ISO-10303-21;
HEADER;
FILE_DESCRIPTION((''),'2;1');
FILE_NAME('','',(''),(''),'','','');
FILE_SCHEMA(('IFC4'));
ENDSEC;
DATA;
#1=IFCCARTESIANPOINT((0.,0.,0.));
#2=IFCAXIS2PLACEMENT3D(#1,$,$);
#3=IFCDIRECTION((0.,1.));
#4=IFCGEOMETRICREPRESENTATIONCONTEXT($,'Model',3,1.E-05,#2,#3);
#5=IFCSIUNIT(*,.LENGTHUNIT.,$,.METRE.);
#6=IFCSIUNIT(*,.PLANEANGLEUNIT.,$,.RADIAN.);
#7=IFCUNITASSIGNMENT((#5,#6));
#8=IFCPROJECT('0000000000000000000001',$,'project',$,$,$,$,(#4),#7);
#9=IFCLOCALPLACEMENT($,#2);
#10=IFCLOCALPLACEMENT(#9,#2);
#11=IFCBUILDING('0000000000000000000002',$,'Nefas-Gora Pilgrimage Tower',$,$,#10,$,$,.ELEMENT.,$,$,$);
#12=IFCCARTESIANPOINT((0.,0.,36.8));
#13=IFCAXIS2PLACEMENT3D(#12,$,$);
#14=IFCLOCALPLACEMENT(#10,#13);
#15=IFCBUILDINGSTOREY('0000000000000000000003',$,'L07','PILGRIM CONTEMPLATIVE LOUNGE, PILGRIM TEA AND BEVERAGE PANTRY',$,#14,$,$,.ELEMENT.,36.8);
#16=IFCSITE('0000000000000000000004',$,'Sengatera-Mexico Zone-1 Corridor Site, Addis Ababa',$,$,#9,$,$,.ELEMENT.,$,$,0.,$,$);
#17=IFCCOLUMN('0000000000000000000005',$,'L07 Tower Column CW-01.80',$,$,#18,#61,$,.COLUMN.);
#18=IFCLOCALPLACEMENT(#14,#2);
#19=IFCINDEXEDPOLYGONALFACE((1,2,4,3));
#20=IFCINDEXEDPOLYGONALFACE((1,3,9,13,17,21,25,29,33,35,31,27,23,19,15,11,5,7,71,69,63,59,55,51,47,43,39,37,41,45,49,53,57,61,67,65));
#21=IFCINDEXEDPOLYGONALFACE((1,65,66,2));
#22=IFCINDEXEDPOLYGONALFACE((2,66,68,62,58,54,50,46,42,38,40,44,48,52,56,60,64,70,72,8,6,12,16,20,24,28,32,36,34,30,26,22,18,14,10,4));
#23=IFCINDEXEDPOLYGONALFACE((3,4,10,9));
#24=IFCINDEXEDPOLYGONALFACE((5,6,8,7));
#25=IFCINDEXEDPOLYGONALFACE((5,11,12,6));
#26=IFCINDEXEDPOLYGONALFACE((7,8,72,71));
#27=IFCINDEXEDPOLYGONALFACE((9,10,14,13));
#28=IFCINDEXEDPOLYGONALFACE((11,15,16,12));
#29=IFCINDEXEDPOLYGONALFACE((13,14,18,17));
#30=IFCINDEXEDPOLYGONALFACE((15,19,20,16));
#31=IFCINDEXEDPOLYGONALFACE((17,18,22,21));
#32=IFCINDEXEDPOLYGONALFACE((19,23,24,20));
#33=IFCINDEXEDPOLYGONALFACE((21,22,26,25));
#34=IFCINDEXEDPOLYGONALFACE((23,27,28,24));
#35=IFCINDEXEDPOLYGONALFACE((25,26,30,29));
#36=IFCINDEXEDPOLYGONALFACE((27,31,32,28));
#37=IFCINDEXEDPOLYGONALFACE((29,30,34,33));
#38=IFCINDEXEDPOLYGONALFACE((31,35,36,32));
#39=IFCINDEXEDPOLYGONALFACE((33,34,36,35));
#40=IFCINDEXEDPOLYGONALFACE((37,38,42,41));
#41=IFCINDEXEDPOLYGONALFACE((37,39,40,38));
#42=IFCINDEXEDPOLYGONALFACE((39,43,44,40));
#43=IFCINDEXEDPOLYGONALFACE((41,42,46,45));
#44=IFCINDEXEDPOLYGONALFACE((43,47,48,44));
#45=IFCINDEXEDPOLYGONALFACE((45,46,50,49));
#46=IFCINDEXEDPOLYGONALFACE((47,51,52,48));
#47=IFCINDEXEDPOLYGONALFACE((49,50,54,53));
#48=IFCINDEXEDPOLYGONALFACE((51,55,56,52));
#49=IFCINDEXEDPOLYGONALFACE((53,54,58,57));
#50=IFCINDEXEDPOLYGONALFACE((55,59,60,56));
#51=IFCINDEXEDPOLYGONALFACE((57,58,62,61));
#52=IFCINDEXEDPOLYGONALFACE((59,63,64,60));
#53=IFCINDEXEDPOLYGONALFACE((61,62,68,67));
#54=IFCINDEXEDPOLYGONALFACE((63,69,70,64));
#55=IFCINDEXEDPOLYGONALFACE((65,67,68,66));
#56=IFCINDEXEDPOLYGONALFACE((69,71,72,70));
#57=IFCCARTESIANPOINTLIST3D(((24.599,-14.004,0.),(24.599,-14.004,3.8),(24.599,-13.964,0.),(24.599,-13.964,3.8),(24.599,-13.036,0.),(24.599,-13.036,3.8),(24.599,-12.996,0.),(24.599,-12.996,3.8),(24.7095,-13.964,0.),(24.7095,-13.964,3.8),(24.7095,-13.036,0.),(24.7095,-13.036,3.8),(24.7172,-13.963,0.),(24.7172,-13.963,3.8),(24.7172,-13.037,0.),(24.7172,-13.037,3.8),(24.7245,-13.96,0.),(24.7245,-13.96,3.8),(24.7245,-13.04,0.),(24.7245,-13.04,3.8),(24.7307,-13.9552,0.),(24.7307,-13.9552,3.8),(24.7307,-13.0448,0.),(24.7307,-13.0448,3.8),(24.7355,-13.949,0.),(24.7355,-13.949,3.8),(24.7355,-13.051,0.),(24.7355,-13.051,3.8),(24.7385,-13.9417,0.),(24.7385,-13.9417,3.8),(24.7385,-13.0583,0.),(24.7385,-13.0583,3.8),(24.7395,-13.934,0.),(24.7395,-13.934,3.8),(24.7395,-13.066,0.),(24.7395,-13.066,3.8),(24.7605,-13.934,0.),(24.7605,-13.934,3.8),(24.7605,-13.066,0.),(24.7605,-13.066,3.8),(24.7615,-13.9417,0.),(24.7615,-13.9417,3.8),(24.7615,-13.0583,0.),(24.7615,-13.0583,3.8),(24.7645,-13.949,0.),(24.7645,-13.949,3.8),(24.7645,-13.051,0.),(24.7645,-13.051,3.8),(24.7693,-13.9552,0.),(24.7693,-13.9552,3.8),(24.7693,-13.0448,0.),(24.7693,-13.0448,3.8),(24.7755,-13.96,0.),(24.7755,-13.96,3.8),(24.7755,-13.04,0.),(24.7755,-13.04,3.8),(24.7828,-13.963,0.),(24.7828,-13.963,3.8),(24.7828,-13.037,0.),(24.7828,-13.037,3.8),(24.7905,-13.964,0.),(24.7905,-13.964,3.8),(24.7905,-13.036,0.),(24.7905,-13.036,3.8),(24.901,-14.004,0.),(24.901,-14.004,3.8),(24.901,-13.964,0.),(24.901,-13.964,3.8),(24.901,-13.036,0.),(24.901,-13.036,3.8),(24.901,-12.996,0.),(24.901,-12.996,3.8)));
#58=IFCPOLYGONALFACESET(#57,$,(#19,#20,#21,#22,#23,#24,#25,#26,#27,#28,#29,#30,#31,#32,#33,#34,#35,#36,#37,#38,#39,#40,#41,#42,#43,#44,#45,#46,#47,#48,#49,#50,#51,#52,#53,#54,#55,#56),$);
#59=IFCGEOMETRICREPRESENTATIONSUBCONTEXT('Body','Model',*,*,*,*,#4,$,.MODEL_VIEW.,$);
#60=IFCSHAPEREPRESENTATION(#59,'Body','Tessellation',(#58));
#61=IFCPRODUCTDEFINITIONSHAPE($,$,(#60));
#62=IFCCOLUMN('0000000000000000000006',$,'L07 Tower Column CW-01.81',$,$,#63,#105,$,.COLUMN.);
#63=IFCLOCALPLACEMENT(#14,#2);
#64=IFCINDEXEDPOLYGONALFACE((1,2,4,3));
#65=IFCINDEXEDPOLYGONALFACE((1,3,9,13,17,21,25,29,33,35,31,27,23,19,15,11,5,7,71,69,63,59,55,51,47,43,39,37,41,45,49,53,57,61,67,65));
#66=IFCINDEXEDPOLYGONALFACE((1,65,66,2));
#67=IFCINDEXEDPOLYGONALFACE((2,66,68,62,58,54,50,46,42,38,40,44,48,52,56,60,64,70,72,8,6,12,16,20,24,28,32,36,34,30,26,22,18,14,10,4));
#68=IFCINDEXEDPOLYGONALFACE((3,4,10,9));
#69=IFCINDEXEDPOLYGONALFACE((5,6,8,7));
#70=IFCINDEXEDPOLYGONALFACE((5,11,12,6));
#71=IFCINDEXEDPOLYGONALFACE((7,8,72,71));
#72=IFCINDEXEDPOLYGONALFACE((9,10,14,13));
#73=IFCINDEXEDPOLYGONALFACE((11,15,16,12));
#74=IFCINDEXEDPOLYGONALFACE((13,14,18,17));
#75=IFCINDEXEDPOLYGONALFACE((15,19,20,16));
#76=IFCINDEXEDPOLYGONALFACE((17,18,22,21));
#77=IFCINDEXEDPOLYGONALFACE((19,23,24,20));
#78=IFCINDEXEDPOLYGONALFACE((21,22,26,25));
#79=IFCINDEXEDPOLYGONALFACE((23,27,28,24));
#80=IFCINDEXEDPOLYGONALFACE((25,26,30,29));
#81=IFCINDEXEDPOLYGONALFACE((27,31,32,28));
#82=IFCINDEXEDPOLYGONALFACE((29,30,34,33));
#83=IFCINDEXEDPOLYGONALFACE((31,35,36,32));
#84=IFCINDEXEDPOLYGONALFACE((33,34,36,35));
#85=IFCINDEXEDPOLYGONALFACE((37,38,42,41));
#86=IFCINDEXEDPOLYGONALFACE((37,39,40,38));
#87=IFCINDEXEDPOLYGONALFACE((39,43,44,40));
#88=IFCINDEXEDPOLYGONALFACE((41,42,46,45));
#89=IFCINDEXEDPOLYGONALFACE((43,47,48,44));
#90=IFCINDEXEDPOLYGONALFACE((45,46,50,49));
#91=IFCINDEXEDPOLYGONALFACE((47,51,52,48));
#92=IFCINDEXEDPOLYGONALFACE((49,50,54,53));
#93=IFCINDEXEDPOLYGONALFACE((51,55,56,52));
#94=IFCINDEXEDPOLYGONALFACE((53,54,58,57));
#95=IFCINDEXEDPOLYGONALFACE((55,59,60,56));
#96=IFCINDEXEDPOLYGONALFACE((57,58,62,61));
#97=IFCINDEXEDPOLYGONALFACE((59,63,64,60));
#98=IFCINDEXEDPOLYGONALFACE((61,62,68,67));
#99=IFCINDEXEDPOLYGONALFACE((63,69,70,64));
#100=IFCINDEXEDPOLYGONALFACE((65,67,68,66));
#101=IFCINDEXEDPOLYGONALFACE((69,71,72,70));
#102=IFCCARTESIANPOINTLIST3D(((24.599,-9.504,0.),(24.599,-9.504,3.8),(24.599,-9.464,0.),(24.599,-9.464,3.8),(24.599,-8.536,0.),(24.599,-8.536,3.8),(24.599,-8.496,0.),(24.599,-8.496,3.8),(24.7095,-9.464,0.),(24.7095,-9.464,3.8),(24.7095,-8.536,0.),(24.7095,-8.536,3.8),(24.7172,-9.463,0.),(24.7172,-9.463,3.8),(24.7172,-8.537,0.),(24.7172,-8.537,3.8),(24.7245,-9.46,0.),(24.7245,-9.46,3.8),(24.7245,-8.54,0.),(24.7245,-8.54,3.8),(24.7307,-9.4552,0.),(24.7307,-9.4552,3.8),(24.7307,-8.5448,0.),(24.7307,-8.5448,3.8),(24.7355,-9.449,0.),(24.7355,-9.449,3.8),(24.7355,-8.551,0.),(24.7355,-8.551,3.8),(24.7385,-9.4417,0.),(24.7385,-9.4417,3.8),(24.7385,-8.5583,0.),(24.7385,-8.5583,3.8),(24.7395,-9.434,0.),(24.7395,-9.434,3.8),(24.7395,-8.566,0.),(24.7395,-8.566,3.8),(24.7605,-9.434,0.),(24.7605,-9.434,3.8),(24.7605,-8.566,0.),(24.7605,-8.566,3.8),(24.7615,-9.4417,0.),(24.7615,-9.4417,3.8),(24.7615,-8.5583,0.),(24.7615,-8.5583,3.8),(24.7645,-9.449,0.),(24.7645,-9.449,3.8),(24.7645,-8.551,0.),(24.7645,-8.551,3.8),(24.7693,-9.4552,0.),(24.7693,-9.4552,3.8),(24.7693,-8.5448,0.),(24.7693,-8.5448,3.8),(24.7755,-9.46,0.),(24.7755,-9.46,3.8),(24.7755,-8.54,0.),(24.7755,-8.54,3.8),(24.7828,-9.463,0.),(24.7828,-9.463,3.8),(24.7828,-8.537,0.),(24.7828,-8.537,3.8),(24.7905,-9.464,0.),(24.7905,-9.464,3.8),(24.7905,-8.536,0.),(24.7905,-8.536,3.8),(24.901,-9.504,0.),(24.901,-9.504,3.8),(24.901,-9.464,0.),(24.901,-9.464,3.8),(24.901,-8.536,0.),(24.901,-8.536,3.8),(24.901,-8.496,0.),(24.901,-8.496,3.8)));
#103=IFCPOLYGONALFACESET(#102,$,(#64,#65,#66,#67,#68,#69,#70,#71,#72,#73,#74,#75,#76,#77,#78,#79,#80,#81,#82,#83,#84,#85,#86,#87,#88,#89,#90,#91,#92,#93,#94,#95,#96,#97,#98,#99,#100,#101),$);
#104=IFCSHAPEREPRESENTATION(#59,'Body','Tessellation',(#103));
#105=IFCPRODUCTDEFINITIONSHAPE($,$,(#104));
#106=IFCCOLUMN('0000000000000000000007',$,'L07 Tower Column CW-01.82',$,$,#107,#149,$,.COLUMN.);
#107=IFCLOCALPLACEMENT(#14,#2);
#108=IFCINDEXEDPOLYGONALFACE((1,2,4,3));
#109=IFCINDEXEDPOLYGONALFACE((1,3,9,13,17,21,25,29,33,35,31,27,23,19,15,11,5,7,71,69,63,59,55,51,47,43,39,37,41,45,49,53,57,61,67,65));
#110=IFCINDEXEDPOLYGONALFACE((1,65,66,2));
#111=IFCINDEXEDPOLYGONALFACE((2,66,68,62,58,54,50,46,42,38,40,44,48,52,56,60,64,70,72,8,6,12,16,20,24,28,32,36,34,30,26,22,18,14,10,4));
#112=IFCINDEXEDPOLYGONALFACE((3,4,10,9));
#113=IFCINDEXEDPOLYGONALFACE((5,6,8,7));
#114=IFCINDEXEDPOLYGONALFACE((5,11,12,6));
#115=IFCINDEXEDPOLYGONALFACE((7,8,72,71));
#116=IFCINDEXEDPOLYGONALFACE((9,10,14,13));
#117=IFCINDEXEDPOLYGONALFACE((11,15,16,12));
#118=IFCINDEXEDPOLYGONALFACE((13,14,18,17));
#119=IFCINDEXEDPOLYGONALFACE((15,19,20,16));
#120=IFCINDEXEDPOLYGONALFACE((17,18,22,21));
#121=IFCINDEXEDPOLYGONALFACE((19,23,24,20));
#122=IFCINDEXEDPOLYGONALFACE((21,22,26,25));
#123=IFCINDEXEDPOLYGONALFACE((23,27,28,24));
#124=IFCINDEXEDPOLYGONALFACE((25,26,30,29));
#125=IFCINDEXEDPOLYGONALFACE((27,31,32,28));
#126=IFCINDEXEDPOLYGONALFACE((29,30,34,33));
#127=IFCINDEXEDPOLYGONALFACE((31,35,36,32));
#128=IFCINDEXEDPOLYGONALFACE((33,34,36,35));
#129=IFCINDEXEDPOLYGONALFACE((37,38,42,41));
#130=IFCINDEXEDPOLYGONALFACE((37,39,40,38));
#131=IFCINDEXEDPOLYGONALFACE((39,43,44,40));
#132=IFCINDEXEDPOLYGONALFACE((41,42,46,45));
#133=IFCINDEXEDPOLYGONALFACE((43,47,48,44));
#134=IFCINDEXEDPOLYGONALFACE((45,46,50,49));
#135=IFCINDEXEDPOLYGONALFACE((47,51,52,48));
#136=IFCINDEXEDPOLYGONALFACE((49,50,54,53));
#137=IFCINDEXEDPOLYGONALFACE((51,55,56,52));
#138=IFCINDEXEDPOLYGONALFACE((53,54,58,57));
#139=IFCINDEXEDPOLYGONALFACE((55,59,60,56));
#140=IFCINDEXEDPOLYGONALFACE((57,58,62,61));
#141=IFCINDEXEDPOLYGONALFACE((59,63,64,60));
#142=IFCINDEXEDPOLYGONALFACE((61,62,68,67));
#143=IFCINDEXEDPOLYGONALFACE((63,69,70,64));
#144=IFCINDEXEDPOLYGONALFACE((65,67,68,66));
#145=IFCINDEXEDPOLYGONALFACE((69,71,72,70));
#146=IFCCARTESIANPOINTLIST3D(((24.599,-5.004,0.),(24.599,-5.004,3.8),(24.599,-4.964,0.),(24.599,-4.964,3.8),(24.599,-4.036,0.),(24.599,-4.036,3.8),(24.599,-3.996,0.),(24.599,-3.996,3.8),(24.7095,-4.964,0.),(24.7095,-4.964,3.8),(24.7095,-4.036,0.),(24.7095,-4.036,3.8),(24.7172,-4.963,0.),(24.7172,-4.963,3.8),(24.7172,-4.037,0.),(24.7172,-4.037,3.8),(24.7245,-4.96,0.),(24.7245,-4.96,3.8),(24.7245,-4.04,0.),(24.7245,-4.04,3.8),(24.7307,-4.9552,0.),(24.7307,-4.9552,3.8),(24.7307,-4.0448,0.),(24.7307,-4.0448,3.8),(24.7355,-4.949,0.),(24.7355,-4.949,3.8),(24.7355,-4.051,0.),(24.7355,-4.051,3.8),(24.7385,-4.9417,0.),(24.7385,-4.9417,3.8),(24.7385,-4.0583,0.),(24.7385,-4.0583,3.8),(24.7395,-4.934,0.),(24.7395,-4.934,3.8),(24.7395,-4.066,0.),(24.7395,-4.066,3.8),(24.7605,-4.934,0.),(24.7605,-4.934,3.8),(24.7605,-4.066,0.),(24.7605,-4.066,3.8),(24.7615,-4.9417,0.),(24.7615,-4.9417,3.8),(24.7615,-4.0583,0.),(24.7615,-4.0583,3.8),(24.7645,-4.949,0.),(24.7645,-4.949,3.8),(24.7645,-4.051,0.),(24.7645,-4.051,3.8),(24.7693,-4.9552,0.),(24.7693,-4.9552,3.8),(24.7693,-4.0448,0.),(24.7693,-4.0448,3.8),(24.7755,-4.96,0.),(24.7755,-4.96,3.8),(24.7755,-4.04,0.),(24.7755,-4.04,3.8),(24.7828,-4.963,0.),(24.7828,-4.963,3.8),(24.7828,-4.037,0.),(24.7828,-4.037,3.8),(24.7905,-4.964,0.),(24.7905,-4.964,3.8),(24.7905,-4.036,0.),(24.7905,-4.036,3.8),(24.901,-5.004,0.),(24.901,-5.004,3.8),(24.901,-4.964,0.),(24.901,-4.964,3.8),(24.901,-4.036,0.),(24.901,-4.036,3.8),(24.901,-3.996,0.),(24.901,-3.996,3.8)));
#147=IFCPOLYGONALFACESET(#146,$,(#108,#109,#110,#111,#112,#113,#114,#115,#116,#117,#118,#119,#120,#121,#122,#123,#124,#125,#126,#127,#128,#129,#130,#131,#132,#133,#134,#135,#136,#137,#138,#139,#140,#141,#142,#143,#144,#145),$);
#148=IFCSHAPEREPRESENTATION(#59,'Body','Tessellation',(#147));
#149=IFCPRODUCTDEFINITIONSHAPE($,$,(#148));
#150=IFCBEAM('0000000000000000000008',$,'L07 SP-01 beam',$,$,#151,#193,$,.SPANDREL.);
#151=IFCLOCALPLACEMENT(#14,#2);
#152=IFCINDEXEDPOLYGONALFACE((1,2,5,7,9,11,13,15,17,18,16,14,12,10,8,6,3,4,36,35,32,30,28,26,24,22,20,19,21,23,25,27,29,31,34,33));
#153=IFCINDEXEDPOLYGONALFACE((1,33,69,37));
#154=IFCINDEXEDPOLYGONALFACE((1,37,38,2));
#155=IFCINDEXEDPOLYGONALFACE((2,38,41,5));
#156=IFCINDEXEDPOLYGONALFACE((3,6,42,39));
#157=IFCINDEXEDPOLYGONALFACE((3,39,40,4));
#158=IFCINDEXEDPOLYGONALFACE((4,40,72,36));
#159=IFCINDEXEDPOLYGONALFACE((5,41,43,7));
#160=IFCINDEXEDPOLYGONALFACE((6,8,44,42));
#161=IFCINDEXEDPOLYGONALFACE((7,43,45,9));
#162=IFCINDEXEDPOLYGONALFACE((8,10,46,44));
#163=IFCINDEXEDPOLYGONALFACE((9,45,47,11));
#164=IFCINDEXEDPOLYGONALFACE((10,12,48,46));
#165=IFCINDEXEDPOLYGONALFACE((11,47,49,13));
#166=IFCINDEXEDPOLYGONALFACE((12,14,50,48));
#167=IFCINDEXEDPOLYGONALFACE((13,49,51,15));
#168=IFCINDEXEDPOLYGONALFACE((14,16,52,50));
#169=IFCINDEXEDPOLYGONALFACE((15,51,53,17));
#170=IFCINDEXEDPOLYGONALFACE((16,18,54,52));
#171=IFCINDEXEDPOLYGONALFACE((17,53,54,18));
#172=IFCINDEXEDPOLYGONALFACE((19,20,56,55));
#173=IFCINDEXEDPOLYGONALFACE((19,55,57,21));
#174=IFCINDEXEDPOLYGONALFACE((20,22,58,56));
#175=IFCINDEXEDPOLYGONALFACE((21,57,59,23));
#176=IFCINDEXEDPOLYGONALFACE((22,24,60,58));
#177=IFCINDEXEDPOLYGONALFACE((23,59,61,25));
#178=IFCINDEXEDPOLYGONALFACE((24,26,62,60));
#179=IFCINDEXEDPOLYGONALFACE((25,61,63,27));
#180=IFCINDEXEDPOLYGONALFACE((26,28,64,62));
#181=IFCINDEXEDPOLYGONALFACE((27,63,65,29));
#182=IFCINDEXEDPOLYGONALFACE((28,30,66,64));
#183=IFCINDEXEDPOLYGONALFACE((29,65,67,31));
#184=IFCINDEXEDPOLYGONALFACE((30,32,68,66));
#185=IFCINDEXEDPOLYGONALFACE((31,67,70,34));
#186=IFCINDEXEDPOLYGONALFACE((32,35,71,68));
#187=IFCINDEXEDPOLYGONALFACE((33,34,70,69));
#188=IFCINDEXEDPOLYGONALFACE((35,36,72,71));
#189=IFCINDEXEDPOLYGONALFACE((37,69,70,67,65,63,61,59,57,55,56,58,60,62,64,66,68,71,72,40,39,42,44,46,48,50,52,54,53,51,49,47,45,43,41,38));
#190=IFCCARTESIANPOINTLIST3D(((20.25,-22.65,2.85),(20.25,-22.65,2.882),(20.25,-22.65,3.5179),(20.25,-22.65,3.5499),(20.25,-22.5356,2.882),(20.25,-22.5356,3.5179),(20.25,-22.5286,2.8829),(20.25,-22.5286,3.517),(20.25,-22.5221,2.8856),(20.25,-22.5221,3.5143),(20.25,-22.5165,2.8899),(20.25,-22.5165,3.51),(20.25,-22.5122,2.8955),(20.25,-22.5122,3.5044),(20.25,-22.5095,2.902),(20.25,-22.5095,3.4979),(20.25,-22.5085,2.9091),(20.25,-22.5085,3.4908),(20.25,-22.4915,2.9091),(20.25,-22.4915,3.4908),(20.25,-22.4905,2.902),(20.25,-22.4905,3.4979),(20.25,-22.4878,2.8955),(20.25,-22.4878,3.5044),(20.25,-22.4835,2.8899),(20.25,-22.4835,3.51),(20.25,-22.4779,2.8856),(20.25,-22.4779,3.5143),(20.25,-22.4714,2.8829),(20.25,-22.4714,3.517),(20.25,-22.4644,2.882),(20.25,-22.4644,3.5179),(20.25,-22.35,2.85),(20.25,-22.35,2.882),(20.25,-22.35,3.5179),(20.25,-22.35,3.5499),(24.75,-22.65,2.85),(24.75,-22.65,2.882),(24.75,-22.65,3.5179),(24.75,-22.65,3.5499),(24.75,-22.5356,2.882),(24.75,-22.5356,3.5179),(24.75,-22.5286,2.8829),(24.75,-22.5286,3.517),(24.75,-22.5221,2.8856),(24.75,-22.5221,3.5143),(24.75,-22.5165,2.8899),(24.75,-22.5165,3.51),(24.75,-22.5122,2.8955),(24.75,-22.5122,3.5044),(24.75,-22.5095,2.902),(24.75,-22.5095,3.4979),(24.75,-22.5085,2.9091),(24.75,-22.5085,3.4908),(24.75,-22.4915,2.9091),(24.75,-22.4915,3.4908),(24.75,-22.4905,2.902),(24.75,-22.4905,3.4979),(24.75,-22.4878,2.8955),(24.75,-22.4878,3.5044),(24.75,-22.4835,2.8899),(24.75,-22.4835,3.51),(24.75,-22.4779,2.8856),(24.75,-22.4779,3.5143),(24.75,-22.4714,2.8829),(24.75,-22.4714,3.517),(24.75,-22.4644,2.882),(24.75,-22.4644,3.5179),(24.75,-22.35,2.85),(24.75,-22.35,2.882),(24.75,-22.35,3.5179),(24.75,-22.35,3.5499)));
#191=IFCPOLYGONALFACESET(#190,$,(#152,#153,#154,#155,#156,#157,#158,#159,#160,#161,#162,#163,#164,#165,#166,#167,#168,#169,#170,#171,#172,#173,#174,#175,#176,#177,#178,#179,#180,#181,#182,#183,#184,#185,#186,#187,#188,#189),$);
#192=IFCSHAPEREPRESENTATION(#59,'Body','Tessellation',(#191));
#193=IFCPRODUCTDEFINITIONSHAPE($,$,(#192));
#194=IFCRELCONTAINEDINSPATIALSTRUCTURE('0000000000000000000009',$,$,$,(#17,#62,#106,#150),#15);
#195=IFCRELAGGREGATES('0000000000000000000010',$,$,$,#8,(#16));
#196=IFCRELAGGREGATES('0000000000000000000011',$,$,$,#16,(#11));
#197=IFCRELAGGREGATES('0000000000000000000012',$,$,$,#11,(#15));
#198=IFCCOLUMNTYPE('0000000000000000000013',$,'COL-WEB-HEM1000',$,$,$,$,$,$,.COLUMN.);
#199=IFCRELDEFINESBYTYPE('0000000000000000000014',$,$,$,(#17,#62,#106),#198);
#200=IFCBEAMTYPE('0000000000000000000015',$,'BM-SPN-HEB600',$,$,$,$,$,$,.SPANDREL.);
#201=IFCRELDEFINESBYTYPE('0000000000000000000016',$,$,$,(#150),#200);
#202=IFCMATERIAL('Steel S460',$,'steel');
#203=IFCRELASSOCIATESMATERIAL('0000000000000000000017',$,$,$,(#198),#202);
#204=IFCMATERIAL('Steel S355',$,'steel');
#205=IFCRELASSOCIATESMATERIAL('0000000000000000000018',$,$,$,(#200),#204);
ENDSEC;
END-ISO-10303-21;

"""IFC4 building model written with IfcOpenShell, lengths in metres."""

from ifc_helpers import new_model, si_unit, direction, frame, origin, origin_2d, place, context, subcontext, project, spatial, i_section, extrude, source, transform, mapped, material, material_profile, profile_set, type_object, element, save


model = new_model("IFC4")

# Units and contexts
model_context = context("Model", 3, precision=1e-05, world=origin(), true_north=direction((0.0, 1.0)))
body_context = subcontext(model_context, "Body", "Model", "MODEL_VIEW")
ifc_project = project(units=[si_unit("LENGTHUNIT", "METRE"), si_unit("PLANEANGLEUNIT", "RADIAN")], contexts=[model_context])

# Site, building, storey
site_placement = place(None, origin())
site = spatial("IfcSite", under=ifc_project, at=site_placement, Name="Sengatera-Mexico Zone-1 Corridor Site, Addis Ababa", CompositionType="ELEMENT", RefElevation=0.0)
building_placement = place(site_placement, origin())
building = spatial("IfcBuilding", under=site, at=building_placement, Name="Nefas-Gora Pilgrimage Tower", CompositionType="ELEMENT")
storey_placement = place(building_placement, frame((0.0, 0.0, 36.8)))
storey = spatial("IfcBuildingStorey", under=building, at=storey_placement, Name="L07", Description="PILGRIM CONTEMPLATIVE LOUNGE, PILGRIM TEA AND BEVERAGE PANTRY", CompositionType="ELEMENT", Elevation=36.8)

# Columns
ifc_material_1 = material(Name="Steel S460", Category="steel")
ifc_material_profile_1 = material_profile(ifc_material_1, i_section(OverallWidth=0.302, OverallDepth=1.0081, WebThickness=0.021, FlangeThickness=0.04, FilletRadius=0.03, at=origin_2d()), Name="HEM 1000")
ifc_profile_set_1 = profile_set([ifc_material_profile_1], Name="Steel S460")
column_type_1 = type_object("IfcColumnType", Name="COL-WEB-HEM1000", PredefinedType="COLUMN", material=ifc_profile_set_1)
shared_shape_1 = source(origin(), body_context, "Body", "SweptSolid", [
    extrude(i_section(OverallWidth=0.302, OverallDepth=1.0081, WebThickness=0.021, FlangeThickness=0.04, FilletRadius=0.03, at=origin_2d()), origin(), (0.0, 0.0, 1.0), 3.8),
])
for number, where, z_axis, x_axis, name in (
    (1, (24.75, -13.5, 0.0), (0.0, 0.0, 1.0), (1.0, 0.0, 0.0), "L07 Tower Column CW-01.80"),
    (2, (24.75, -9.0, 0.0), (0.0, 0.0, 1.0), (1.0, 0.0, 0.0), "L07 Tower Column CW-01.81"),
    (3, (24.75, -4.5, 0.0), (0.0, 0.0, 1.0), (1.0, 0.0, 0.0), "L07 Tower Column CW-01.82"),
):
    element("IfcColumn", number, at=place(storey_placement, frame(where, z_axis=z_axis, x_axis=x_axis)), inside=storey, type_object=column_type_1, Name=name, PredefinedType="COLUMN", context=body_context, shape_type="MappedRepresentation", body=[
        mapped(shared_shape_1, transform((0.0, 0.0, 0.0), x_axis=(1.0, 0.0, 0.0), y_axis=(0.0, 1.0, 0.0), z_axis=(0.0, 0.0, 1.0), scale=1.0)),
    ])

# Beam
ifc_material_2 = material(Name="Steel S355", Category="steel")
ifc_material_profile_2 = material_profile(ifc_material_2, i_section(OverallWidth=0.3, OverallDepth=0.7, WebThickness=0.0171, FlangeThickness=0.032, FilletRadius=0.0271, at=origin_2d()), Name="HEB 700")
ifc_profile_set_2 = profile_set([ifc_material_profile_2], Name="Steel S355")
beam_type_1 = type_object("IfcBeamType", Name="BM-SPN-HEB600", PredefinedType="SPANDREL", material=ifc_profile_set_2)
shared_shape_2 = source(origin(), body_context, "Body", "SweptSolid", [
    extrude(i_section(OverallWidth=0.3, OverallDepth=0.7, WebThickness=0.0171, FlangeThickness=0.032, FilletRadius=0.0271, at=origin_2d()), origin(), (0.0, 0.0, 1.0), 4.5),
])
for number, where, z_axis, x_axis, name in (
    (4, (20.25, -22.5, 3.2), (1.0, 0.0, 0.0), (0.0, 1.0, 0.0), "L07 SP-01 beam"),
):
    element("IfcBeam", number, at=place(storey_placement, frame(where, z_axis=z_axis, x_axis=x_axis)), inside=storey, type_object=beam_type_1, Name=name, PredefinedType="SPANDREL", context=body_context, shape_type="MappedRepresentation", body=[
        mapped(shared_shape_2, transform((0.0, 0.0, 0.0), x_axis=(1.0, 0.0, 0.0), y_axis=(0.0, 1.0, 0.0), z_axis=(0.0, 0.0, 1.0), scale=1.0)),
    ])

save(model, "model.ifc")
